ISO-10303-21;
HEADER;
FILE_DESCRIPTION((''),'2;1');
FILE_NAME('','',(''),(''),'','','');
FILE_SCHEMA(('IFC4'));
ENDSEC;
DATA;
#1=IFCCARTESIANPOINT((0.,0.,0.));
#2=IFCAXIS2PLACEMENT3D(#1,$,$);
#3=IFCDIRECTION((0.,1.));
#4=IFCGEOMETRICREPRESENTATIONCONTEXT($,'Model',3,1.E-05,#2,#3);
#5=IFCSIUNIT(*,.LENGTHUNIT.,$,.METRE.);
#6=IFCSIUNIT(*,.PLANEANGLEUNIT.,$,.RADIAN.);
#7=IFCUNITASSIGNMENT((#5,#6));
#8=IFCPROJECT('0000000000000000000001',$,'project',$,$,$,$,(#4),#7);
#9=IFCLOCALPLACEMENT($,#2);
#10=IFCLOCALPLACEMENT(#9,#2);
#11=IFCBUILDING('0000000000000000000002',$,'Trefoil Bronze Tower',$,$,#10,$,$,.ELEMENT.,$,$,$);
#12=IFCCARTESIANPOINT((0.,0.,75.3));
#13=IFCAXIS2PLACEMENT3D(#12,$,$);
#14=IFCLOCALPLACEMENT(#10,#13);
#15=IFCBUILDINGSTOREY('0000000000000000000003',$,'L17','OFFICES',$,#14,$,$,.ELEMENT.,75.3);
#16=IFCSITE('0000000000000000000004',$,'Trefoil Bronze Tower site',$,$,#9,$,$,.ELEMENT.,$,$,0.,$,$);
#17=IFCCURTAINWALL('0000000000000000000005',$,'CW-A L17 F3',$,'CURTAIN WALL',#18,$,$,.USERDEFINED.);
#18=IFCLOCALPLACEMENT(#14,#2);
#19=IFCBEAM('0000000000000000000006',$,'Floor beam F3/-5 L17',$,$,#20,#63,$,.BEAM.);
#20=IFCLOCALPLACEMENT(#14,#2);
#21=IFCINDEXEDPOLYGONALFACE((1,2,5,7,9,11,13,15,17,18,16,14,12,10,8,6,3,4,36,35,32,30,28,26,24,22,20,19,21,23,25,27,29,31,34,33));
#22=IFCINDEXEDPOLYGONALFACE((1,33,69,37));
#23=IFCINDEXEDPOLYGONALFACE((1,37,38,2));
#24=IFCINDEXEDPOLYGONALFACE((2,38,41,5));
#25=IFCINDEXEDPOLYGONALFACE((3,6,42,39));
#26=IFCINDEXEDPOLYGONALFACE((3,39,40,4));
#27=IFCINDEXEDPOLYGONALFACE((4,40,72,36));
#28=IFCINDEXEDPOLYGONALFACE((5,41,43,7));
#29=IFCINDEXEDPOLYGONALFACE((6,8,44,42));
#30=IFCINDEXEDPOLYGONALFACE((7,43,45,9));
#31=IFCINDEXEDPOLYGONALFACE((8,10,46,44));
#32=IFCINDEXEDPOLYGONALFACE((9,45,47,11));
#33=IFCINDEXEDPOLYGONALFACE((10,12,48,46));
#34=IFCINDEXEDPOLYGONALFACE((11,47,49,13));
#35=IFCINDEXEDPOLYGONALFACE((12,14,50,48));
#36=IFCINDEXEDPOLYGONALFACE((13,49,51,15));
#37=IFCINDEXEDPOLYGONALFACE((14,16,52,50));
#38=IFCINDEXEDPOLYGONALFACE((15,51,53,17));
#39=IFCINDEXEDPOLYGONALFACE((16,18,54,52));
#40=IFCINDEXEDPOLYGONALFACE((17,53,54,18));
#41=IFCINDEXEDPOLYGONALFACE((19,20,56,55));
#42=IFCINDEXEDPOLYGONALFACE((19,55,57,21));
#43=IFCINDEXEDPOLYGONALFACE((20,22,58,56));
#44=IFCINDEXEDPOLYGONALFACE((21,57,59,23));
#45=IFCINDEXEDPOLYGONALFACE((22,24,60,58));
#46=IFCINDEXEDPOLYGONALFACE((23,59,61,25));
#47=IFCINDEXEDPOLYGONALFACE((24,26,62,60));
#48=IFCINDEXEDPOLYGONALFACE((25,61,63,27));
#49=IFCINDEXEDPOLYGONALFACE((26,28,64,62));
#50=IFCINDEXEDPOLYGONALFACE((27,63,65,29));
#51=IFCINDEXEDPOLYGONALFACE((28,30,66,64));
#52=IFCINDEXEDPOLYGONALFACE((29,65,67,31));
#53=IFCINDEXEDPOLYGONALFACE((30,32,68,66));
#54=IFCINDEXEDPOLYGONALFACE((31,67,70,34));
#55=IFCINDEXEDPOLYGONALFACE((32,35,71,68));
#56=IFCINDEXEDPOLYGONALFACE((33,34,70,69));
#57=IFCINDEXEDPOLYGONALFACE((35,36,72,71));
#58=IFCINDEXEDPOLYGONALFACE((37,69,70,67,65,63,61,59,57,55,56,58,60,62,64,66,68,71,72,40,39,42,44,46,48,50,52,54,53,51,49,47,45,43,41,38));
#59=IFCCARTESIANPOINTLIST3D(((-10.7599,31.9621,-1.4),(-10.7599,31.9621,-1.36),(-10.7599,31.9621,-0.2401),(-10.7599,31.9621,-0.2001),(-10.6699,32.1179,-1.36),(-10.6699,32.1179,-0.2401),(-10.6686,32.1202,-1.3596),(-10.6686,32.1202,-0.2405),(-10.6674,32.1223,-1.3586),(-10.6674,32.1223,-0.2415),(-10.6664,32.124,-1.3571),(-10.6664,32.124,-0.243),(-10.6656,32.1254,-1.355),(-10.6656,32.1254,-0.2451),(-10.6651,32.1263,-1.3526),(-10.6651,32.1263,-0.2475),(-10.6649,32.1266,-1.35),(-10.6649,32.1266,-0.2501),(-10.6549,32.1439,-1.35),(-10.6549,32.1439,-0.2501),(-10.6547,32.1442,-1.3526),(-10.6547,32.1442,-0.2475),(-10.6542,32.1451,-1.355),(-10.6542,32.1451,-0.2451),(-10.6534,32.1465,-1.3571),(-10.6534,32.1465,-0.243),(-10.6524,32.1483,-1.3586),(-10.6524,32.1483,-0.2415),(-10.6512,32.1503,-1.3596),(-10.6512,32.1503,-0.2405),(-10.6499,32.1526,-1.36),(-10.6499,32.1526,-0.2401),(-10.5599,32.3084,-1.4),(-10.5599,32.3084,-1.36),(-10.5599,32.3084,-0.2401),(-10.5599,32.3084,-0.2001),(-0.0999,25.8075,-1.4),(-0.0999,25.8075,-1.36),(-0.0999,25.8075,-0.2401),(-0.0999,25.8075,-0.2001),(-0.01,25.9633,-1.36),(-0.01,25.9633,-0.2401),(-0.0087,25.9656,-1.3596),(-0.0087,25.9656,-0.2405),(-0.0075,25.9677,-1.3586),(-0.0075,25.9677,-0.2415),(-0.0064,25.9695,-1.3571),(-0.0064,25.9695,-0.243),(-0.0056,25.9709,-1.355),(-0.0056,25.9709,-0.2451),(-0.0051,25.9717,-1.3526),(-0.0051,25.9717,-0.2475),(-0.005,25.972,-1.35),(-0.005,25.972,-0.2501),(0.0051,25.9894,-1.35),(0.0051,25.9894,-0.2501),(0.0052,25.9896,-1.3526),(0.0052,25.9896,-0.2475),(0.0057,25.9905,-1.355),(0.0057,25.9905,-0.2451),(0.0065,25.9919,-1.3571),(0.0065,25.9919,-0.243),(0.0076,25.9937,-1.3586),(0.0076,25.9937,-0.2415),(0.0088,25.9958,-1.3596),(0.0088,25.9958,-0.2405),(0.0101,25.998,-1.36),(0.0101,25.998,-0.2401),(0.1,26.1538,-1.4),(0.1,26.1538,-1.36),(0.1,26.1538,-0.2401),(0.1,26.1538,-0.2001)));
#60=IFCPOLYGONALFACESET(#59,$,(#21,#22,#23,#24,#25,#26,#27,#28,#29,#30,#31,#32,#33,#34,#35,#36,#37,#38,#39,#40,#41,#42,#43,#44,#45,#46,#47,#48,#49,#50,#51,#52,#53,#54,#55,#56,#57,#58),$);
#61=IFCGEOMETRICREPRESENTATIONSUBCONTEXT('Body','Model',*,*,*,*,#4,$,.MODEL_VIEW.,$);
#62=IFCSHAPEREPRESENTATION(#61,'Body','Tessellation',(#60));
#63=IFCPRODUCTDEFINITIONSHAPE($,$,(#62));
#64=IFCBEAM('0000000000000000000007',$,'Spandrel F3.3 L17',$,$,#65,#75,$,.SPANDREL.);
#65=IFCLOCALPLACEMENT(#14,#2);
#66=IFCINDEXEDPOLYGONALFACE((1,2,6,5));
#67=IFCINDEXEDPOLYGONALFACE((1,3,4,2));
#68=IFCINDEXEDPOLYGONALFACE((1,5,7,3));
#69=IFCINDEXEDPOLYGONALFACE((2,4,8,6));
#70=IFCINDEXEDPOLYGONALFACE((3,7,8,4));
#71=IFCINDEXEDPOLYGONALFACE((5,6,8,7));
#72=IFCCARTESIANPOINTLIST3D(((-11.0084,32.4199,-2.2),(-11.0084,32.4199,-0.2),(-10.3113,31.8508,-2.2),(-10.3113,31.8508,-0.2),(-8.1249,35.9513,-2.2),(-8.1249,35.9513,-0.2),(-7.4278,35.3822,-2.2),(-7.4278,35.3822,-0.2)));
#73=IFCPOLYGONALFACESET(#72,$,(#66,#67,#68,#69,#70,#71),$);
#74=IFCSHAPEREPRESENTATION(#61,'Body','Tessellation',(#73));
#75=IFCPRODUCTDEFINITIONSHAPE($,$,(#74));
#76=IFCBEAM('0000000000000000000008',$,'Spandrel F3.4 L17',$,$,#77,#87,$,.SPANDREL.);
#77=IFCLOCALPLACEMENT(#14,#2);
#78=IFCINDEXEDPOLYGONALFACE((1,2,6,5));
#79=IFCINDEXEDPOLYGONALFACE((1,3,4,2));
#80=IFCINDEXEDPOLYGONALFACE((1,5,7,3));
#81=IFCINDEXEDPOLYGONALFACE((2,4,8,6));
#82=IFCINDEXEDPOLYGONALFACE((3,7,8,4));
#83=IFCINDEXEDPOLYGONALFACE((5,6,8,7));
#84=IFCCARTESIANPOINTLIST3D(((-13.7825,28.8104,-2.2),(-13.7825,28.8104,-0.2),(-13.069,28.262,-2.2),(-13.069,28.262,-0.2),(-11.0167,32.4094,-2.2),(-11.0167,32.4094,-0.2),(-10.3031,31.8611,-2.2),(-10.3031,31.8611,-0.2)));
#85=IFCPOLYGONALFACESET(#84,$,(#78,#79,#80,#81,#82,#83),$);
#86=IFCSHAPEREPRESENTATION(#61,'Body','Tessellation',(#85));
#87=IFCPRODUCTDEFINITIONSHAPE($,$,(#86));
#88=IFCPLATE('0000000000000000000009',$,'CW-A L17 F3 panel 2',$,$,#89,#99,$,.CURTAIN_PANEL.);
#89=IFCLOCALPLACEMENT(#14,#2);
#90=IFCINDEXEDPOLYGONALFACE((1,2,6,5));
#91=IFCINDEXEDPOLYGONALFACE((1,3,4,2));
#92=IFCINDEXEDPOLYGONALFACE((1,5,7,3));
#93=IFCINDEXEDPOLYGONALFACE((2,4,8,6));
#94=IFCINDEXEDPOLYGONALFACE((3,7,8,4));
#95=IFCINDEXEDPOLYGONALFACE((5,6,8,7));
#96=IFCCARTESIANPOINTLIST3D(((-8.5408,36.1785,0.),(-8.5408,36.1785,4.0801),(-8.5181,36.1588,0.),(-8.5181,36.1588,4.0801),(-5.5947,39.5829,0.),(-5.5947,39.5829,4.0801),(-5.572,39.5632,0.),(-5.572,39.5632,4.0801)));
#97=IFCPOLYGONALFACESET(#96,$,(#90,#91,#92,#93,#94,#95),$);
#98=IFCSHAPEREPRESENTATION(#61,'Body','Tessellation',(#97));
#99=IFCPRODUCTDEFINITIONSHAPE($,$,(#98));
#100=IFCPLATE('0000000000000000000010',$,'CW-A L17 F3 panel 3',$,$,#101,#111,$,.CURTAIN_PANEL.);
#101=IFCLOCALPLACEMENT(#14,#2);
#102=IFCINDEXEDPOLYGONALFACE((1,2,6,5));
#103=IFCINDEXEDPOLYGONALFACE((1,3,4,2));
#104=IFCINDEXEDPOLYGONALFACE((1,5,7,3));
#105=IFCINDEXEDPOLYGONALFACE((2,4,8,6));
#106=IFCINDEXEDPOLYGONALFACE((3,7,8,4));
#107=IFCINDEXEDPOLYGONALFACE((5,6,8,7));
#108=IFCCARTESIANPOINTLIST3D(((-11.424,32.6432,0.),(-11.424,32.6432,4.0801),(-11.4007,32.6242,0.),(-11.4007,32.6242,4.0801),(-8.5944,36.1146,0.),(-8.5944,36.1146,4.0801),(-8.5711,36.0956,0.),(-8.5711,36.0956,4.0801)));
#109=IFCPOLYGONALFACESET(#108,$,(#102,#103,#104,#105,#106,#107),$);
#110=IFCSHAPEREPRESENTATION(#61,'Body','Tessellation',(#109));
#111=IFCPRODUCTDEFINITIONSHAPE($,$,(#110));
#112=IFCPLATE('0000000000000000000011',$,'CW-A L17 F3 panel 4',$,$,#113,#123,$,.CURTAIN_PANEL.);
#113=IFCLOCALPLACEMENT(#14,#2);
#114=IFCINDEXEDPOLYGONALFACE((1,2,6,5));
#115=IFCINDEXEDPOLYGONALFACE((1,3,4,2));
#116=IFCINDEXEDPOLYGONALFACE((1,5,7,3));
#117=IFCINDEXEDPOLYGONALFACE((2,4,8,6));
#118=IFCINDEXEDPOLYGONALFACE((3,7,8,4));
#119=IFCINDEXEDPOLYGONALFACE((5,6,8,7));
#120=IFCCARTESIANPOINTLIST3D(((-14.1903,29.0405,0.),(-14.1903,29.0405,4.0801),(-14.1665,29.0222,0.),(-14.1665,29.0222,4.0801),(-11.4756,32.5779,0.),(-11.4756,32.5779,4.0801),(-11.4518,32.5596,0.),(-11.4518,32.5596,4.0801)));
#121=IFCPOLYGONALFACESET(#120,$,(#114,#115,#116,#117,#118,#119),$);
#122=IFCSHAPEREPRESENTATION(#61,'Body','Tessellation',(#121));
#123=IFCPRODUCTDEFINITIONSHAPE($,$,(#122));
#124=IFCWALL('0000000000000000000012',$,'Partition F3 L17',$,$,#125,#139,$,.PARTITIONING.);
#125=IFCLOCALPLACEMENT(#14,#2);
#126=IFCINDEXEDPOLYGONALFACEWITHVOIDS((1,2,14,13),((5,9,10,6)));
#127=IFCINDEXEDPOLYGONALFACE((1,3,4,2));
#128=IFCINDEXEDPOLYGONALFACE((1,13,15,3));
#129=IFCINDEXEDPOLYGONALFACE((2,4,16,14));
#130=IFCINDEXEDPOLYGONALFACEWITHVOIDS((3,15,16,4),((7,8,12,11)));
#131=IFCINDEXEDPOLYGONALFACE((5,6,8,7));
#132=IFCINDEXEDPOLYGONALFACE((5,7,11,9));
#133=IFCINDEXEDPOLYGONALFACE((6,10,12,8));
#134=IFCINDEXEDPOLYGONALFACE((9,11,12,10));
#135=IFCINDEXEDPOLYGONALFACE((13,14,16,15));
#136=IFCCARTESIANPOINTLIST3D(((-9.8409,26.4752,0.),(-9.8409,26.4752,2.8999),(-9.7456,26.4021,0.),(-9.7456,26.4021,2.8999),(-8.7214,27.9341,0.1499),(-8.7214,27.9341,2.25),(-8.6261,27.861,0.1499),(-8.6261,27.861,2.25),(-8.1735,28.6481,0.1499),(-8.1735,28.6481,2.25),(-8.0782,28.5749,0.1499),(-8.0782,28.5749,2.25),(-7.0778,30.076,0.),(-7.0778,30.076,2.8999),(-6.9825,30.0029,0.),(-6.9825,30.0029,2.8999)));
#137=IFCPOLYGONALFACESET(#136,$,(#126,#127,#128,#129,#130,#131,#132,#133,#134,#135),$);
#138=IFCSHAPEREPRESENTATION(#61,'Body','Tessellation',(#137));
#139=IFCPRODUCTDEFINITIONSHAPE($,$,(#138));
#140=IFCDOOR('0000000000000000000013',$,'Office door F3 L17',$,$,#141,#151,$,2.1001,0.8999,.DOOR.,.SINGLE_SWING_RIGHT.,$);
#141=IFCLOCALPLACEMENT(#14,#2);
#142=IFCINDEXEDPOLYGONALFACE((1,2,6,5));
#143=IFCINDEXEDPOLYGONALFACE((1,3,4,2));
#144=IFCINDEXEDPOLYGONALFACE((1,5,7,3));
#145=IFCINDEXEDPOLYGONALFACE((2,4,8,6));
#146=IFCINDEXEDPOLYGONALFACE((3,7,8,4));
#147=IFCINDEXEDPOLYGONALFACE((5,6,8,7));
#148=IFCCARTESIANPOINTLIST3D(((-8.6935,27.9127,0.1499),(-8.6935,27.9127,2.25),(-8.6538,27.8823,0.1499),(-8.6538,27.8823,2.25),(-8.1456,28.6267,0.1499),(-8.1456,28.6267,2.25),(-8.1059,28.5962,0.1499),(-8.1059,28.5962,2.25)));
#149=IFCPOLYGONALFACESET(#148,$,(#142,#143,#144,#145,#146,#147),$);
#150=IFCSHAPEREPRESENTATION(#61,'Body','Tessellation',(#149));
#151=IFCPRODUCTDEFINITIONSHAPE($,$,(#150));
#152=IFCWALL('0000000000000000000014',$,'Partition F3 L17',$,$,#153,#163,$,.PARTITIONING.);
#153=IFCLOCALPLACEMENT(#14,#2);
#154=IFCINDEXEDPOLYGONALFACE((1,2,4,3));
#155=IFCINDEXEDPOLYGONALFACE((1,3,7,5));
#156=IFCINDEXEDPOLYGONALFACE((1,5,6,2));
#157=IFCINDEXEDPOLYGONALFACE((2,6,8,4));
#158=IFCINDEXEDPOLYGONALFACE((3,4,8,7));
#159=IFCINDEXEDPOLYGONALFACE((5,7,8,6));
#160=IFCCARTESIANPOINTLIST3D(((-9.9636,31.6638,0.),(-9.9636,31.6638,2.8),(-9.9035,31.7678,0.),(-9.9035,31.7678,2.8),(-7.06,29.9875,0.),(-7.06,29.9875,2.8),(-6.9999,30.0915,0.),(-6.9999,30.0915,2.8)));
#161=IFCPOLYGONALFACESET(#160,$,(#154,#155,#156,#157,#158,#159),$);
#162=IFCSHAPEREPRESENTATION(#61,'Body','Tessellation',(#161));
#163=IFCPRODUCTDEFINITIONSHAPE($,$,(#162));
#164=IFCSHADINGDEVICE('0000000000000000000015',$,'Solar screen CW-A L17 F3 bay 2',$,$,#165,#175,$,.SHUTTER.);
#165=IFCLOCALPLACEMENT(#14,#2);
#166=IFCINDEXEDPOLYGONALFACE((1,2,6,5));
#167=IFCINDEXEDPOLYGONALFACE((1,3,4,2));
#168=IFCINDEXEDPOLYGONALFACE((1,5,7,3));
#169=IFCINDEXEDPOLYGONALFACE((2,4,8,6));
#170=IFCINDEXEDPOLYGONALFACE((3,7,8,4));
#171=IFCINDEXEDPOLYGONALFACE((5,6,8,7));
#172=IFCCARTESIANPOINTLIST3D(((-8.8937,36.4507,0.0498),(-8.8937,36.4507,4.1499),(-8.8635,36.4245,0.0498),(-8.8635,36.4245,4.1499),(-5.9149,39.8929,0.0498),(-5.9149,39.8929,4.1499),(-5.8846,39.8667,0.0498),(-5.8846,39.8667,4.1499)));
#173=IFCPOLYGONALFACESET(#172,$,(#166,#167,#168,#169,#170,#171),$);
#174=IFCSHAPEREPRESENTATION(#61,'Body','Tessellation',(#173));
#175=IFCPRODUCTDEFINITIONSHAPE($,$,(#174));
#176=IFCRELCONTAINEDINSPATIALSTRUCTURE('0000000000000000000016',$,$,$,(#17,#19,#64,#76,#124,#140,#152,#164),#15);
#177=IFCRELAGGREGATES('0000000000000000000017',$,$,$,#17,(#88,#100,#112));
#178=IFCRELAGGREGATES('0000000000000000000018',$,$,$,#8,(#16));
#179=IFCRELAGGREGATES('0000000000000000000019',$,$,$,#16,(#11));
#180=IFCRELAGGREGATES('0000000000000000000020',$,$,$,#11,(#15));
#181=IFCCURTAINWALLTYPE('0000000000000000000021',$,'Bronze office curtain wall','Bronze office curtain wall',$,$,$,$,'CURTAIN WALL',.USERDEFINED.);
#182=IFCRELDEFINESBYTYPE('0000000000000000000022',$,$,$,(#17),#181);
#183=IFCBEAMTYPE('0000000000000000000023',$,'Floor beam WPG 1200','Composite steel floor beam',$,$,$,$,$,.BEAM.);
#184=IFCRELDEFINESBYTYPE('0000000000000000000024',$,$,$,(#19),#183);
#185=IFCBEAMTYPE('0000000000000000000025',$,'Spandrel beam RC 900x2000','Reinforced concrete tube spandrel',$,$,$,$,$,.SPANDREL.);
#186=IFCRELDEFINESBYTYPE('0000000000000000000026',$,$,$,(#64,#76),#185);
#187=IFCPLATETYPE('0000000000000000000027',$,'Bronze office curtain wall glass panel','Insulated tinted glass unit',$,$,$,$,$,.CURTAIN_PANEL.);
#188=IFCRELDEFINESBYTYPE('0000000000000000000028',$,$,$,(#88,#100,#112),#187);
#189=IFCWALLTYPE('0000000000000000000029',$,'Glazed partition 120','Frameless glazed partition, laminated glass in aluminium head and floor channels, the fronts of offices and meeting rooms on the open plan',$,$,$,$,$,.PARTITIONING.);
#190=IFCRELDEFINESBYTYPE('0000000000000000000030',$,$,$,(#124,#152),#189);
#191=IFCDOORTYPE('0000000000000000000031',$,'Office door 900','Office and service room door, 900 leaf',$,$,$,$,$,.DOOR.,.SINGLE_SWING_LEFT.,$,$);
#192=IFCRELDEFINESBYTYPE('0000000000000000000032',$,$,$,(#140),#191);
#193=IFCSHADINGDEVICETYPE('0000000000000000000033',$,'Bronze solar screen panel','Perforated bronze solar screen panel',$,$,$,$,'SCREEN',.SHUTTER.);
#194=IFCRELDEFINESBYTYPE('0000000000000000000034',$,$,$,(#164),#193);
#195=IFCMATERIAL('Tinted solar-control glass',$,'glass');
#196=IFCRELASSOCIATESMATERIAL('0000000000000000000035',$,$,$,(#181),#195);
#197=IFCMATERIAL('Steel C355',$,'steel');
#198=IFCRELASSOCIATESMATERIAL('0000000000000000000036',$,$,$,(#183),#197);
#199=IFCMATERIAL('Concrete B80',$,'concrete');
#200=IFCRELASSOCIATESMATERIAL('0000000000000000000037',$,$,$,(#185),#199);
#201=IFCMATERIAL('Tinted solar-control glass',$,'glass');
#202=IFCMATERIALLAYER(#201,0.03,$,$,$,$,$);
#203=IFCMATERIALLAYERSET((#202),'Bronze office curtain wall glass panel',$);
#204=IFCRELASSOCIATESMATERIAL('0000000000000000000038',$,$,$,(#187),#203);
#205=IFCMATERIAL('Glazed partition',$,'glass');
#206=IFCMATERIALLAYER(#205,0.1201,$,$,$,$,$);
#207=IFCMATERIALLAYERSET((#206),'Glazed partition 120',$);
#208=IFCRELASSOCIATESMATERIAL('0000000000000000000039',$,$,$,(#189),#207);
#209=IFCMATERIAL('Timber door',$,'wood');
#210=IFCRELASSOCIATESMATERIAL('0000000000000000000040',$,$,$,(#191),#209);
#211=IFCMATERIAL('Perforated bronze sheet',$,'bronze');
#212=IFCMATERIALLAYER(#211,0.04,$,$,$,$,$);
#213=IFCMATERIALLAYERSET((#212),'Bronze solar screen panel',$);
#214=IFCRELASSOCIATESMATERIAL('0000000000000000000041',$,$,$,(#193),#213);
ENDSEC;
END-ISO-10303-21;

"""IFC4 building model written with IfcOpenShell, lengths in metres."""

from ifc_helpers import new_model, si_unit, direction, frame, frame_2d, origin, origin_2d, place, context, subcontext, project, spatial, rectangle, i_section, extrude, material, layer, layer_set, material_profile, profile_set, type_object, element, fill, aggregate, save


model = new_model("IFC4")

# Units and contexts
model_context = context("Model", 3, precision=1e-05, world=origin(), true_north=direction((0.0, 1.0)))
body_context = subcontext(model_context, "Body", "Model", "MODEL_VIEW")
ifc_project = project(units=[si_unit("LENGTHUNIT", "METRE"), si_unit("PLANEANGLEUNIT", "RADIAN")], contexts=[model_context])

# Site, building, storey
site_placement = place(None, origin())
site = spatial("IfcSite", under=ifc_project, at=site_placement, Name="Trefoil Bronze Tower site", CompositionType="ELEMENT", RefElevation=0.0)
building_placement = place(site_placement, origin())
building = spatial("IfcBuilding", under=site, at=building_placement, Name="Trefoil Bronze Tower", CompositionType="ELEMENT")
storey_placement = place(building_placement, frame((0.0, 0.0, 75.3)))
storey = spatial("IfcBuildingStorey", under=building, at=storey_placement, Name="L17", Description="OFFICES", CompositionType="ELEMENT", Elevation=75.3)

# Curtain wall
ifc_material_1 = material(Name="Tinted solar-control glass", Category="glass")
curtain_wall_type = type_object("IfcCurtainWallType", Name="Bronze office curtain wall", Description="Bronze office curtain wall", ElementType="CURTAIN WALL", PredefinedType="USERDEFINED", material=ifc_material_1)
curtain_wall_placement = place(storey_placement, origin())
curtain_wall = element("IfcCurtainWall", 1, at=curtain_wall_placement, inside=storey, type_object=curtain_wall_type, Name="CW-A L17 F3", ObjectType="CURTAIN WALL", PredefinedType="USERDEFINED")

# Beams
ifc_material_2 = material(Name="Steel C355", Category="steel")
ifc_material_profile_1 = material_profile(ifc_material_2, i_section(OverallWidth=0.3999, OverallDepth=1.2, WebThickness=0.02, FlangeThickness=0.04, FilletRadius=0.01, at=origin_2d()), Name="WPG 1200")
ifc_profile_set_1 = profile_set([ifc_material_profile_1], Name="Steel C355")
beam_type_1 = type_object("IfcBeamType", Name="Floor beam WPG 1200", Description="Composite steel floor beam", PredefinedType="BEAM", material=ifc_profile_set_1)
beam_1_placement = place(storey_placement, frame((-10.6599, 32.1353, -0.8), z_axis=(0.866024, -0.500002, 0.0), x_axis=(0.500002, 0.866024, 0.0)))
element("IfcBeam", 2, at=beam_1_placement, inside=storey, type_object=beam_type_1, Name="Floor beam F3/-5 L17", PredefinedType="BEAM", context=body_context, shape_type="SweptSolid", body=[
    extrude(i_section(OverallWidth=0.3999, OverallDepth=1.2, WebThickness=0.02, FlangeThickness=0.04, FilletRadius=0.01, at=origin_2d()), origin(), (0.0, 0.0, 1.0), 12.3091),
])
ifc_material_3 = material(Name="Concrete B80", Category="concrete")
ifc_material_profile_2 = material_profile(ifc_material_3, rectangle(XDim=0.8999, YDim=2.0, at=origin_2d()), Name="RC 900x2000")
ifc_profile_set_2 = profile_set([ifc_material_profile_2], Name="Concrete B80")
beam_type_2 = type_object("IfcBeamType", Name="Spandrel beam RC 900x2000", Description="Reinforced concrete tube spandrel", PredefinedType="SPANDREL", material=ifc_profile_set_2)
beam_2_placement = place(storey_placement, frame((-7.7764, 35.6667, -1.2), z_axis=(-0.632468, -0.774587, 0.0), x_axis=(0.774587, -0.632468, 0.0)))
element("IfcBeam", 3, at=beam_2_placement, inside=storey, type_object=beam_type_2, Name="Spandrel F3.3 L17", PredefinedType="SPANDREL", context=body_context, shape_type="SweptSolid", body=[
    extrude(rectangle(XDim=0.8999, YDim=2.0, at=origin_2d()), origin(), (0.0, 0.0, 1.0), 4.5591),
])
beam_3_placement = place(storey_placement, frame((-10.6599, 32.1353, -1.2), z_axis=(-0.609339, -0.79291, 0.0), x_axis=(0.79291, -0.609339, 0.0)))
element("IfcBeam", 4, at=beam_3_placement, inside=storey, type_object=beam_type_2, Name="Spandrel F3.4 L17", PredefinedType="SPANDREL", context=body_context, shape_type="SweptSolid", body=[
    extrude(rectangle(XDim=0.8999, YDim=2.0, at=origin_2d()), origin(), (0.0, 0.0, 1.0), 4.5391),
])

# Plates
ifc_material_4 = material(Name="Tinted solar-control glass", Category="glass")
ifc_layer_1 = layer(ifc_material_4, 0.03)
ifc_layer_set_1 = layer_set([ifc_layer_1], Name="Bronze office curtain wall glass panel")
plate_type = type_object("IfcPlateType", Name="Bronze office curtain wall glass panel", Description="Insulated tinted glass unit", PredefinedType="CURTAIN_PANEL", material=ifc_layer_set_1)
plate_1_placement = place(storey_placement, frame((-7.0564, 37.8708, 0.0), z_axis=(0.0, 0.0, 1.0), x_axis=(-0.654376, -0.756169, 0.0)))
plate_1 = element("IfcPlate", 5, at=plate_1_placement, type_object=plate_type, Name="CW-A L17 F3 panel 2", PredefinedType="CURTAIN_PANEL", context=body_context, shape_type="SweptSolid", body=[
    extrude(rectangle(XDim=4.5022, YDim=0.03, at=origin_2d()), origin(), (0.0, 0.0, 1.0), 4.0801),
])
plate_2_placement = place(storey_placement, frame((-9.9976, 34.3694, 0.0), z_axis=(0.0, 0.0, 1.0), x_axis=(-0.631811, -0.775123, 0.0)))
plate_2 = element("IfcPlate", 6, at=plate_2_placement, type_object=plate_type, Name="CW-A L17 F3 panel 3", PredefinedType="CURTAIN_PANEL", context=body_context, shape_type="SweptSolid", body=[
    extrude(rectangle(XDim=4.4785, YDim=0.03, at=origin_2d()), origin(), (0.0, 0.0, 1.0), 4.0801),
])
plate_3_placement = place(storey_placement, frame((-12.821, 30.8, 0.0), z_axis=(0.0, 0.0, 1.0), x_axis=(-0.608808, -0.793318, 0.0)))
plate_3 = element("IfcPlate", 7, at=plate_3_placement, type_object=plate_type, Name="CW-A L17 F3 panel 4", PredefinedType="CURTAIN_PANEL", context=body_context, shape_type="SweptSolid", body=[
    extrude(rectangle(XDim=4.459, YDim=0.03, at=origin_2d()), origin(), (0.0, 0.0, 1.0), 4.0801),
])
aggregate(curtain_wall, [plate_1, plate_2, plate_3])

# Wall, opening, door
ifc_material_5 = material(Name="Glazed partition", Category="glass")
ifc_layer_2 = layer(ifc_material_5, 0.1201)
ifc_layer_set_2 = layer_set([ifc_layer_2], Name="Glazed partition 120")
wall_type = type_object("IfcWallType", Name="Glazed partition 120", Description="Frameless glazed partition, laminated glass in aluminium head and floor channels, the fronts of offices and meeting rooms on the open plan", PredefinedType="PARTITIONING", material=ifc_layer_set_2)
wall_1_placement = place(storey_placement, frame((-7.03, 30.0396, 0.0), z_axis=(0.0, 0.0, 1.0), x_axis=(-0.608785, -0.793335, 0.0)))
wall_1 = element("IfcWall", 8, at=wall_1_placement, inside=storey, type_object=wall_type, Name="Partition F3 L17", PredefinedType="PARTITIONING", context=body_context, shape_type="SweptSolid", body=[
    extrude(rectangle(XDim=4.5388, YDim=0.1201, at=frame_2d((2.2695, 0.0))), origin(), (0.0, 0.0, 1.0), 2.8999),
])
opening_placement = place(wall_1_placement, frame((1.8, 0.0, 0.1499)))
opening = element("IfcOpeningElement", 9, at=opening_placement, cuts=wall_1, PredefinedType="OPENING", context=body_context, shape_type="SweptSolid", body=[
    extrude(rectangle(XDim=0.8999, YDim=2.1001, at=frame_2d((0.45, 1.05))), frame((0.0, 0.0701, 0.0), z_axis=(0.0, -1.0, 0.0), x_axis=(1.0, 0.0, 0.0)), (0.0, 0.0, 1.0), 0.1401),
])
ifc_material_6 = material(Name="Timber door", Category="wood")
door_type = type_object("IfcDoorType", Name="Office door 900", Description="Office and service room door, 900 leaf", OperationType="SINGLE_SWING_LEFT", PredefinedType="DOOR", material=ifc_material_6)
door_placement = place(opening_placement, frame((0.8999, 0.0, 0.0), z_axis=(0.0, 0.0, 1.0), x_axis=(-1.0, 0.0, 0.0)))
door = element("IfcDoor", 10, at=door_placement, inside=storey, type_object=door_type, Name="Office door F3 L17", OperationType="SINGLE_SWING_RIGHT", OverallHeight=2.1001, OverallWidth=0.8999, PredefinedType="DOOR", context=body_context, shape_type="SweptSolid", body=[
    extrude(rectangle(XDim=0.8999, YDim=2.1001, at=frame_2d((0.45, 1.05))), frame((0.0, 0.0249, 0.0), z_axis=(0.0, -1.0, 0.0), x_axis=(1.0, 0.0, 0.0)), (0.0, 0.0, 1.0), 0.05),
])
fill(opening, door)

# Wall
wall_2_placement = place(storey_placement, frame((-7.03, 30.0396, 0.0), z_axis=(0.0, 0.0, 1.0), x_axis=(-0.866039, 0.499977, 0.0)))
element("IfcWall", 11, at=wall_2_placement, inside=storey, type_object=wall_type, Name="Partition F3 L17", PredefinedType="PARTITIONING", context=body_context, shape_type="SweptSolid", body=[
    extrude(rectangle(XDim=3.3528, YDim=0.1201, at=frame_2d((1.6763, 0.0))), origin(), (0.0, 0.0, 1.0), 2.8),
])

# Shading device
ifc_material_7 = material(Name="Perforated bronze sheet", Category="bronze")
ifc_layer_3 = layer(ifc_material_7, 0.04)
ifc_layer_set_3 = layer_set([ifc_layer_3], Name="Bronze solar screen panel")
shading_device_type = type_object("IfcShadingDeviceType", Name="Bronze solar screen panel", Description="Perforated bronze solar screen panel", ElementType="SCREEN", PredefinedType="SHUTTER", material=ifc_layer_set_3)
shading_device_1_placement = place(storey_placement, frame((-7.3892, 38.1587, 0.0498), z_axis=(0.0, 0.0, 1.0), x_axis=(-0.654376, -0.756169, 0.0)))
element("IfcShadingDevice", 12, at=shading_device_1_placement, inside=storey, type_object=shading_device_type, Name="Solar screen CW-A L17 F3 bay 2", PredefinedType="SHUTTER", context=body_context, shape_type="SweptSolid", body=[
    extrude(rectangle(XDim=4.5522, YDim=0.04, at=origin_2d()), origin(), (0.0, 0.0, 1.0), 4.1001),
])

save(model, "model.ifc")
